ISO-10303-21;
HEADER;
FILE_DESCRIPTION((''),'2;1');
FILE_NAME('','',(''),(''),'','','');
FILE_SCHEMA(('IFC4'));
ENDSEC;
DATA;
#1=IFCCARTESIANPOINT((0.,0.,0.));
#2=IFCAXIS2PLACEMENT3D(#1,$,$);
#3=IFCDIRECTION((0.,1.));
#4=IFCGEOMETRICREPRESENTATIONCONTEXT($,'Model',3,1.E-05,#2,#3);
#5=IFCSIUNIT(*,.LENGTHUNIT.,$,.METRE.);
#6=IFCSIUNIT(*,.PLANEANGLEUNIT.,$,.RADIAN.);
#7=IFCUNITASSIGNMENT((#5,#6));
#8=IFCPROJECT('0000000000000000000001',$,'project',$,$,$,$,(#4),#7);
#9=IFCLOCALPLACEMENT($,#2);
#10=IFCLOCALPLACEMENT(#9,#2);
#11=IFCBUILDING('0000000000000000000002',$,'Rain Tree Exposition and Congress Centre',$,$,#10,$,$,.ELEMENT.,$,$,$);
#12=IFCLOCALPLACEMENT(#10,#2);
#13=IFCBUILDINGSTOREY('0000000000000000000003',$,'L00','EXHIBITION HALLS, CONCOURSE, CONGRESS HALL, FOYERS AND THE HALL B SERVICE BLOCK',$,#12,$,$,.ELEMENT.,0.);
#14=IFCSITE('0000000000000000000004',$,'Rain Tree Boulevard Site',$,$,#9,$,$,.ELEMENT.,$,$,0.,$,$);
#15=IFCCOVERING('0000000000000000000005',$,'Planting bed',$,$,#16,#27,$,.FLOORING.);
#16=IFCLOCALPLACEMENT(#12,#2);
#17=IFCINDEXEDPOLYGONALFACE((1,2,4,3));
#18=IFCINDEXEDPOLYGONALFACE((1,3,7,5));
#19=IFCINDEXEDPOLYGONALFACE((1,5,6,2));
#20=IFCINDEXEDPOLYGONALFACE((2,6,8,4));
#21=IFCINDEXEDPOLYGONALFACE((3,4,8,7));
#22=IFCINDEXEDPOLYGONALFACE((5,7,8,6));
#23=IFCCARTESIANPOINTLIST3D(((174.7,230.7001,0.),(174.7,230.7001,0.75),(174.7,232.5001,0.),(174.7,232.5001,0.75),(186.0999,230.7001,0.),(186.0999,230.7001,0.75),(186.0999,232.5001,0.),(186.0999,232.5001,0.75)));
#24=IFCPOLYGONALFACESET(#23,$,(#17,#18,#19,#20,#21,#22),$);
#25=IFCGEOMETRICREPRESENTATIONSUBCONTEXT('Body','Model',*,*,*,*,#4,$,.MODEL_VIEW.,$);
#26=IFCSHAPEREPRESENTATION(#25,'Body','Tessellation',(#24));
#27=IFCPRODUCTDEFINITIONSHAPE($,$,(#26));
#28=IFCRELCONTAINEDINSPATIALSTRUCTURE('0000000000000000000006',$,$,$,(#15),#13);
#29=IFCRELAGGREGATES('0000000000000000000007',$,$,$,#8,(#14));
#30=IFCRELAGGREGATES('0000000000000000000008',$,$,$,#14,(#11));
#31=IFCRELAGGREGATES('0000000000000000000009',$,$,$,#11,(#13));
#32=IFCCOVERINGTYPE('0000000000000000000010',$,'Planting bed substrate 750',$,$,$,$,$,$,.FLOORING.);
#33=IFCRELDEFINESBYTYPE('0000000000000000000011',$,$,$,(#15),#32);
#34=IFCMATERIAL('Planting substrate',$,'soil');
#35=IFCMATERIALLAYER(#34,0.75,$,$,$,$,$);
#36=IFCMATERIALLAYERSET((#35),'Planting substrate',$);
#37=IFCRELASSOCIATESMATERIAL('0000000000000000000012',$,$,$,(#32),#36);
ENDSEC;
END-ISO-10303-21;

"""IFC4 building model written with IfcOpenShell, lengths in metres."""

from ifc_helpers import new_model, si_unit, direction, frame, origin, origin_2d, place, context, subcontext, project, spatial, rectangle, extrude, material, layer, layer_set, type_object, element, save


model = new_model("IFC4")

# Units and contexts
model_context = context("Model", 3, precision=1e-05, world=origin(), true_north=direction((0.0, 1.0)))
body_context = subcontext(model_context, "Body", "Model", "MODEL_VIEW")
ifc_project = project(units=[si_unit("LENGTHUNIT", "METRE"), si_unit("PLANEANGLEUNIT", "RADIAN")], contexts=[model_context])

# Site, building, storey
site_placement = place(None, origin())
site = spatial("IfcSite", under=ifc_project, at=site_placement, Name="Rain Tree Boulevard Site", CompositionType="ELEMENT", RefElevation=0.0)
building_placement = place(site_placement, origin())
building = spatial("IfcBuilding", under=site, at=building_placement, Name="Rain Tree Exposition and Congress Centre", CompositionType="ELEMENT")
storey_placement = place(building_placement, origin())
storey = spatial("IfcBuildingStorey", under=building, at=storey_placement, Name="L00", Description="EXHIBITION HALLS, CONCOURSE, CONGRESS HALL, FOYERS AND THE HALL B SERVICE BLOCK", CompositionType="ELEMENT", Elevation=0.0)

# Covering
ifc_material_1 = material(Name="Planting substrate", Category="soil")
ifc_layer_1 = layer(ifc_material_1, 0.75)
ifc_layer_set_1 = layer_set([ifc_layer_1], Name="Planting substrate")
covering_type = type_object("IfcCoveringType", Name="Planting bed substrate 750", PredefinedType="FLOORING", material=ifc_layer_set_1)
for number, where, z_axis, x_axis, name in (
    (1, (180.3999, 231.6001, 0.0), (0.0, 0.0, 1.0), (1.0, 0.0, 0.0), "Planting bed"),
):
    element("IfcCovering", number, at=place(storey_placement, frame(where, z_axis=z_axis, x_axis=x_axis)), inside=storey, type_object=covering_type, Name=name, PredefinedType="FLOORING", context=body_context, shape_type="SweptSolid", body=[
        extrude(rectangle(XDim=11.3999, YDim=1.8, at=origin_2d()), origin(), (0.0, 0.0, 1.0), 0.75),
    ])

save(model, "model.ifc")
